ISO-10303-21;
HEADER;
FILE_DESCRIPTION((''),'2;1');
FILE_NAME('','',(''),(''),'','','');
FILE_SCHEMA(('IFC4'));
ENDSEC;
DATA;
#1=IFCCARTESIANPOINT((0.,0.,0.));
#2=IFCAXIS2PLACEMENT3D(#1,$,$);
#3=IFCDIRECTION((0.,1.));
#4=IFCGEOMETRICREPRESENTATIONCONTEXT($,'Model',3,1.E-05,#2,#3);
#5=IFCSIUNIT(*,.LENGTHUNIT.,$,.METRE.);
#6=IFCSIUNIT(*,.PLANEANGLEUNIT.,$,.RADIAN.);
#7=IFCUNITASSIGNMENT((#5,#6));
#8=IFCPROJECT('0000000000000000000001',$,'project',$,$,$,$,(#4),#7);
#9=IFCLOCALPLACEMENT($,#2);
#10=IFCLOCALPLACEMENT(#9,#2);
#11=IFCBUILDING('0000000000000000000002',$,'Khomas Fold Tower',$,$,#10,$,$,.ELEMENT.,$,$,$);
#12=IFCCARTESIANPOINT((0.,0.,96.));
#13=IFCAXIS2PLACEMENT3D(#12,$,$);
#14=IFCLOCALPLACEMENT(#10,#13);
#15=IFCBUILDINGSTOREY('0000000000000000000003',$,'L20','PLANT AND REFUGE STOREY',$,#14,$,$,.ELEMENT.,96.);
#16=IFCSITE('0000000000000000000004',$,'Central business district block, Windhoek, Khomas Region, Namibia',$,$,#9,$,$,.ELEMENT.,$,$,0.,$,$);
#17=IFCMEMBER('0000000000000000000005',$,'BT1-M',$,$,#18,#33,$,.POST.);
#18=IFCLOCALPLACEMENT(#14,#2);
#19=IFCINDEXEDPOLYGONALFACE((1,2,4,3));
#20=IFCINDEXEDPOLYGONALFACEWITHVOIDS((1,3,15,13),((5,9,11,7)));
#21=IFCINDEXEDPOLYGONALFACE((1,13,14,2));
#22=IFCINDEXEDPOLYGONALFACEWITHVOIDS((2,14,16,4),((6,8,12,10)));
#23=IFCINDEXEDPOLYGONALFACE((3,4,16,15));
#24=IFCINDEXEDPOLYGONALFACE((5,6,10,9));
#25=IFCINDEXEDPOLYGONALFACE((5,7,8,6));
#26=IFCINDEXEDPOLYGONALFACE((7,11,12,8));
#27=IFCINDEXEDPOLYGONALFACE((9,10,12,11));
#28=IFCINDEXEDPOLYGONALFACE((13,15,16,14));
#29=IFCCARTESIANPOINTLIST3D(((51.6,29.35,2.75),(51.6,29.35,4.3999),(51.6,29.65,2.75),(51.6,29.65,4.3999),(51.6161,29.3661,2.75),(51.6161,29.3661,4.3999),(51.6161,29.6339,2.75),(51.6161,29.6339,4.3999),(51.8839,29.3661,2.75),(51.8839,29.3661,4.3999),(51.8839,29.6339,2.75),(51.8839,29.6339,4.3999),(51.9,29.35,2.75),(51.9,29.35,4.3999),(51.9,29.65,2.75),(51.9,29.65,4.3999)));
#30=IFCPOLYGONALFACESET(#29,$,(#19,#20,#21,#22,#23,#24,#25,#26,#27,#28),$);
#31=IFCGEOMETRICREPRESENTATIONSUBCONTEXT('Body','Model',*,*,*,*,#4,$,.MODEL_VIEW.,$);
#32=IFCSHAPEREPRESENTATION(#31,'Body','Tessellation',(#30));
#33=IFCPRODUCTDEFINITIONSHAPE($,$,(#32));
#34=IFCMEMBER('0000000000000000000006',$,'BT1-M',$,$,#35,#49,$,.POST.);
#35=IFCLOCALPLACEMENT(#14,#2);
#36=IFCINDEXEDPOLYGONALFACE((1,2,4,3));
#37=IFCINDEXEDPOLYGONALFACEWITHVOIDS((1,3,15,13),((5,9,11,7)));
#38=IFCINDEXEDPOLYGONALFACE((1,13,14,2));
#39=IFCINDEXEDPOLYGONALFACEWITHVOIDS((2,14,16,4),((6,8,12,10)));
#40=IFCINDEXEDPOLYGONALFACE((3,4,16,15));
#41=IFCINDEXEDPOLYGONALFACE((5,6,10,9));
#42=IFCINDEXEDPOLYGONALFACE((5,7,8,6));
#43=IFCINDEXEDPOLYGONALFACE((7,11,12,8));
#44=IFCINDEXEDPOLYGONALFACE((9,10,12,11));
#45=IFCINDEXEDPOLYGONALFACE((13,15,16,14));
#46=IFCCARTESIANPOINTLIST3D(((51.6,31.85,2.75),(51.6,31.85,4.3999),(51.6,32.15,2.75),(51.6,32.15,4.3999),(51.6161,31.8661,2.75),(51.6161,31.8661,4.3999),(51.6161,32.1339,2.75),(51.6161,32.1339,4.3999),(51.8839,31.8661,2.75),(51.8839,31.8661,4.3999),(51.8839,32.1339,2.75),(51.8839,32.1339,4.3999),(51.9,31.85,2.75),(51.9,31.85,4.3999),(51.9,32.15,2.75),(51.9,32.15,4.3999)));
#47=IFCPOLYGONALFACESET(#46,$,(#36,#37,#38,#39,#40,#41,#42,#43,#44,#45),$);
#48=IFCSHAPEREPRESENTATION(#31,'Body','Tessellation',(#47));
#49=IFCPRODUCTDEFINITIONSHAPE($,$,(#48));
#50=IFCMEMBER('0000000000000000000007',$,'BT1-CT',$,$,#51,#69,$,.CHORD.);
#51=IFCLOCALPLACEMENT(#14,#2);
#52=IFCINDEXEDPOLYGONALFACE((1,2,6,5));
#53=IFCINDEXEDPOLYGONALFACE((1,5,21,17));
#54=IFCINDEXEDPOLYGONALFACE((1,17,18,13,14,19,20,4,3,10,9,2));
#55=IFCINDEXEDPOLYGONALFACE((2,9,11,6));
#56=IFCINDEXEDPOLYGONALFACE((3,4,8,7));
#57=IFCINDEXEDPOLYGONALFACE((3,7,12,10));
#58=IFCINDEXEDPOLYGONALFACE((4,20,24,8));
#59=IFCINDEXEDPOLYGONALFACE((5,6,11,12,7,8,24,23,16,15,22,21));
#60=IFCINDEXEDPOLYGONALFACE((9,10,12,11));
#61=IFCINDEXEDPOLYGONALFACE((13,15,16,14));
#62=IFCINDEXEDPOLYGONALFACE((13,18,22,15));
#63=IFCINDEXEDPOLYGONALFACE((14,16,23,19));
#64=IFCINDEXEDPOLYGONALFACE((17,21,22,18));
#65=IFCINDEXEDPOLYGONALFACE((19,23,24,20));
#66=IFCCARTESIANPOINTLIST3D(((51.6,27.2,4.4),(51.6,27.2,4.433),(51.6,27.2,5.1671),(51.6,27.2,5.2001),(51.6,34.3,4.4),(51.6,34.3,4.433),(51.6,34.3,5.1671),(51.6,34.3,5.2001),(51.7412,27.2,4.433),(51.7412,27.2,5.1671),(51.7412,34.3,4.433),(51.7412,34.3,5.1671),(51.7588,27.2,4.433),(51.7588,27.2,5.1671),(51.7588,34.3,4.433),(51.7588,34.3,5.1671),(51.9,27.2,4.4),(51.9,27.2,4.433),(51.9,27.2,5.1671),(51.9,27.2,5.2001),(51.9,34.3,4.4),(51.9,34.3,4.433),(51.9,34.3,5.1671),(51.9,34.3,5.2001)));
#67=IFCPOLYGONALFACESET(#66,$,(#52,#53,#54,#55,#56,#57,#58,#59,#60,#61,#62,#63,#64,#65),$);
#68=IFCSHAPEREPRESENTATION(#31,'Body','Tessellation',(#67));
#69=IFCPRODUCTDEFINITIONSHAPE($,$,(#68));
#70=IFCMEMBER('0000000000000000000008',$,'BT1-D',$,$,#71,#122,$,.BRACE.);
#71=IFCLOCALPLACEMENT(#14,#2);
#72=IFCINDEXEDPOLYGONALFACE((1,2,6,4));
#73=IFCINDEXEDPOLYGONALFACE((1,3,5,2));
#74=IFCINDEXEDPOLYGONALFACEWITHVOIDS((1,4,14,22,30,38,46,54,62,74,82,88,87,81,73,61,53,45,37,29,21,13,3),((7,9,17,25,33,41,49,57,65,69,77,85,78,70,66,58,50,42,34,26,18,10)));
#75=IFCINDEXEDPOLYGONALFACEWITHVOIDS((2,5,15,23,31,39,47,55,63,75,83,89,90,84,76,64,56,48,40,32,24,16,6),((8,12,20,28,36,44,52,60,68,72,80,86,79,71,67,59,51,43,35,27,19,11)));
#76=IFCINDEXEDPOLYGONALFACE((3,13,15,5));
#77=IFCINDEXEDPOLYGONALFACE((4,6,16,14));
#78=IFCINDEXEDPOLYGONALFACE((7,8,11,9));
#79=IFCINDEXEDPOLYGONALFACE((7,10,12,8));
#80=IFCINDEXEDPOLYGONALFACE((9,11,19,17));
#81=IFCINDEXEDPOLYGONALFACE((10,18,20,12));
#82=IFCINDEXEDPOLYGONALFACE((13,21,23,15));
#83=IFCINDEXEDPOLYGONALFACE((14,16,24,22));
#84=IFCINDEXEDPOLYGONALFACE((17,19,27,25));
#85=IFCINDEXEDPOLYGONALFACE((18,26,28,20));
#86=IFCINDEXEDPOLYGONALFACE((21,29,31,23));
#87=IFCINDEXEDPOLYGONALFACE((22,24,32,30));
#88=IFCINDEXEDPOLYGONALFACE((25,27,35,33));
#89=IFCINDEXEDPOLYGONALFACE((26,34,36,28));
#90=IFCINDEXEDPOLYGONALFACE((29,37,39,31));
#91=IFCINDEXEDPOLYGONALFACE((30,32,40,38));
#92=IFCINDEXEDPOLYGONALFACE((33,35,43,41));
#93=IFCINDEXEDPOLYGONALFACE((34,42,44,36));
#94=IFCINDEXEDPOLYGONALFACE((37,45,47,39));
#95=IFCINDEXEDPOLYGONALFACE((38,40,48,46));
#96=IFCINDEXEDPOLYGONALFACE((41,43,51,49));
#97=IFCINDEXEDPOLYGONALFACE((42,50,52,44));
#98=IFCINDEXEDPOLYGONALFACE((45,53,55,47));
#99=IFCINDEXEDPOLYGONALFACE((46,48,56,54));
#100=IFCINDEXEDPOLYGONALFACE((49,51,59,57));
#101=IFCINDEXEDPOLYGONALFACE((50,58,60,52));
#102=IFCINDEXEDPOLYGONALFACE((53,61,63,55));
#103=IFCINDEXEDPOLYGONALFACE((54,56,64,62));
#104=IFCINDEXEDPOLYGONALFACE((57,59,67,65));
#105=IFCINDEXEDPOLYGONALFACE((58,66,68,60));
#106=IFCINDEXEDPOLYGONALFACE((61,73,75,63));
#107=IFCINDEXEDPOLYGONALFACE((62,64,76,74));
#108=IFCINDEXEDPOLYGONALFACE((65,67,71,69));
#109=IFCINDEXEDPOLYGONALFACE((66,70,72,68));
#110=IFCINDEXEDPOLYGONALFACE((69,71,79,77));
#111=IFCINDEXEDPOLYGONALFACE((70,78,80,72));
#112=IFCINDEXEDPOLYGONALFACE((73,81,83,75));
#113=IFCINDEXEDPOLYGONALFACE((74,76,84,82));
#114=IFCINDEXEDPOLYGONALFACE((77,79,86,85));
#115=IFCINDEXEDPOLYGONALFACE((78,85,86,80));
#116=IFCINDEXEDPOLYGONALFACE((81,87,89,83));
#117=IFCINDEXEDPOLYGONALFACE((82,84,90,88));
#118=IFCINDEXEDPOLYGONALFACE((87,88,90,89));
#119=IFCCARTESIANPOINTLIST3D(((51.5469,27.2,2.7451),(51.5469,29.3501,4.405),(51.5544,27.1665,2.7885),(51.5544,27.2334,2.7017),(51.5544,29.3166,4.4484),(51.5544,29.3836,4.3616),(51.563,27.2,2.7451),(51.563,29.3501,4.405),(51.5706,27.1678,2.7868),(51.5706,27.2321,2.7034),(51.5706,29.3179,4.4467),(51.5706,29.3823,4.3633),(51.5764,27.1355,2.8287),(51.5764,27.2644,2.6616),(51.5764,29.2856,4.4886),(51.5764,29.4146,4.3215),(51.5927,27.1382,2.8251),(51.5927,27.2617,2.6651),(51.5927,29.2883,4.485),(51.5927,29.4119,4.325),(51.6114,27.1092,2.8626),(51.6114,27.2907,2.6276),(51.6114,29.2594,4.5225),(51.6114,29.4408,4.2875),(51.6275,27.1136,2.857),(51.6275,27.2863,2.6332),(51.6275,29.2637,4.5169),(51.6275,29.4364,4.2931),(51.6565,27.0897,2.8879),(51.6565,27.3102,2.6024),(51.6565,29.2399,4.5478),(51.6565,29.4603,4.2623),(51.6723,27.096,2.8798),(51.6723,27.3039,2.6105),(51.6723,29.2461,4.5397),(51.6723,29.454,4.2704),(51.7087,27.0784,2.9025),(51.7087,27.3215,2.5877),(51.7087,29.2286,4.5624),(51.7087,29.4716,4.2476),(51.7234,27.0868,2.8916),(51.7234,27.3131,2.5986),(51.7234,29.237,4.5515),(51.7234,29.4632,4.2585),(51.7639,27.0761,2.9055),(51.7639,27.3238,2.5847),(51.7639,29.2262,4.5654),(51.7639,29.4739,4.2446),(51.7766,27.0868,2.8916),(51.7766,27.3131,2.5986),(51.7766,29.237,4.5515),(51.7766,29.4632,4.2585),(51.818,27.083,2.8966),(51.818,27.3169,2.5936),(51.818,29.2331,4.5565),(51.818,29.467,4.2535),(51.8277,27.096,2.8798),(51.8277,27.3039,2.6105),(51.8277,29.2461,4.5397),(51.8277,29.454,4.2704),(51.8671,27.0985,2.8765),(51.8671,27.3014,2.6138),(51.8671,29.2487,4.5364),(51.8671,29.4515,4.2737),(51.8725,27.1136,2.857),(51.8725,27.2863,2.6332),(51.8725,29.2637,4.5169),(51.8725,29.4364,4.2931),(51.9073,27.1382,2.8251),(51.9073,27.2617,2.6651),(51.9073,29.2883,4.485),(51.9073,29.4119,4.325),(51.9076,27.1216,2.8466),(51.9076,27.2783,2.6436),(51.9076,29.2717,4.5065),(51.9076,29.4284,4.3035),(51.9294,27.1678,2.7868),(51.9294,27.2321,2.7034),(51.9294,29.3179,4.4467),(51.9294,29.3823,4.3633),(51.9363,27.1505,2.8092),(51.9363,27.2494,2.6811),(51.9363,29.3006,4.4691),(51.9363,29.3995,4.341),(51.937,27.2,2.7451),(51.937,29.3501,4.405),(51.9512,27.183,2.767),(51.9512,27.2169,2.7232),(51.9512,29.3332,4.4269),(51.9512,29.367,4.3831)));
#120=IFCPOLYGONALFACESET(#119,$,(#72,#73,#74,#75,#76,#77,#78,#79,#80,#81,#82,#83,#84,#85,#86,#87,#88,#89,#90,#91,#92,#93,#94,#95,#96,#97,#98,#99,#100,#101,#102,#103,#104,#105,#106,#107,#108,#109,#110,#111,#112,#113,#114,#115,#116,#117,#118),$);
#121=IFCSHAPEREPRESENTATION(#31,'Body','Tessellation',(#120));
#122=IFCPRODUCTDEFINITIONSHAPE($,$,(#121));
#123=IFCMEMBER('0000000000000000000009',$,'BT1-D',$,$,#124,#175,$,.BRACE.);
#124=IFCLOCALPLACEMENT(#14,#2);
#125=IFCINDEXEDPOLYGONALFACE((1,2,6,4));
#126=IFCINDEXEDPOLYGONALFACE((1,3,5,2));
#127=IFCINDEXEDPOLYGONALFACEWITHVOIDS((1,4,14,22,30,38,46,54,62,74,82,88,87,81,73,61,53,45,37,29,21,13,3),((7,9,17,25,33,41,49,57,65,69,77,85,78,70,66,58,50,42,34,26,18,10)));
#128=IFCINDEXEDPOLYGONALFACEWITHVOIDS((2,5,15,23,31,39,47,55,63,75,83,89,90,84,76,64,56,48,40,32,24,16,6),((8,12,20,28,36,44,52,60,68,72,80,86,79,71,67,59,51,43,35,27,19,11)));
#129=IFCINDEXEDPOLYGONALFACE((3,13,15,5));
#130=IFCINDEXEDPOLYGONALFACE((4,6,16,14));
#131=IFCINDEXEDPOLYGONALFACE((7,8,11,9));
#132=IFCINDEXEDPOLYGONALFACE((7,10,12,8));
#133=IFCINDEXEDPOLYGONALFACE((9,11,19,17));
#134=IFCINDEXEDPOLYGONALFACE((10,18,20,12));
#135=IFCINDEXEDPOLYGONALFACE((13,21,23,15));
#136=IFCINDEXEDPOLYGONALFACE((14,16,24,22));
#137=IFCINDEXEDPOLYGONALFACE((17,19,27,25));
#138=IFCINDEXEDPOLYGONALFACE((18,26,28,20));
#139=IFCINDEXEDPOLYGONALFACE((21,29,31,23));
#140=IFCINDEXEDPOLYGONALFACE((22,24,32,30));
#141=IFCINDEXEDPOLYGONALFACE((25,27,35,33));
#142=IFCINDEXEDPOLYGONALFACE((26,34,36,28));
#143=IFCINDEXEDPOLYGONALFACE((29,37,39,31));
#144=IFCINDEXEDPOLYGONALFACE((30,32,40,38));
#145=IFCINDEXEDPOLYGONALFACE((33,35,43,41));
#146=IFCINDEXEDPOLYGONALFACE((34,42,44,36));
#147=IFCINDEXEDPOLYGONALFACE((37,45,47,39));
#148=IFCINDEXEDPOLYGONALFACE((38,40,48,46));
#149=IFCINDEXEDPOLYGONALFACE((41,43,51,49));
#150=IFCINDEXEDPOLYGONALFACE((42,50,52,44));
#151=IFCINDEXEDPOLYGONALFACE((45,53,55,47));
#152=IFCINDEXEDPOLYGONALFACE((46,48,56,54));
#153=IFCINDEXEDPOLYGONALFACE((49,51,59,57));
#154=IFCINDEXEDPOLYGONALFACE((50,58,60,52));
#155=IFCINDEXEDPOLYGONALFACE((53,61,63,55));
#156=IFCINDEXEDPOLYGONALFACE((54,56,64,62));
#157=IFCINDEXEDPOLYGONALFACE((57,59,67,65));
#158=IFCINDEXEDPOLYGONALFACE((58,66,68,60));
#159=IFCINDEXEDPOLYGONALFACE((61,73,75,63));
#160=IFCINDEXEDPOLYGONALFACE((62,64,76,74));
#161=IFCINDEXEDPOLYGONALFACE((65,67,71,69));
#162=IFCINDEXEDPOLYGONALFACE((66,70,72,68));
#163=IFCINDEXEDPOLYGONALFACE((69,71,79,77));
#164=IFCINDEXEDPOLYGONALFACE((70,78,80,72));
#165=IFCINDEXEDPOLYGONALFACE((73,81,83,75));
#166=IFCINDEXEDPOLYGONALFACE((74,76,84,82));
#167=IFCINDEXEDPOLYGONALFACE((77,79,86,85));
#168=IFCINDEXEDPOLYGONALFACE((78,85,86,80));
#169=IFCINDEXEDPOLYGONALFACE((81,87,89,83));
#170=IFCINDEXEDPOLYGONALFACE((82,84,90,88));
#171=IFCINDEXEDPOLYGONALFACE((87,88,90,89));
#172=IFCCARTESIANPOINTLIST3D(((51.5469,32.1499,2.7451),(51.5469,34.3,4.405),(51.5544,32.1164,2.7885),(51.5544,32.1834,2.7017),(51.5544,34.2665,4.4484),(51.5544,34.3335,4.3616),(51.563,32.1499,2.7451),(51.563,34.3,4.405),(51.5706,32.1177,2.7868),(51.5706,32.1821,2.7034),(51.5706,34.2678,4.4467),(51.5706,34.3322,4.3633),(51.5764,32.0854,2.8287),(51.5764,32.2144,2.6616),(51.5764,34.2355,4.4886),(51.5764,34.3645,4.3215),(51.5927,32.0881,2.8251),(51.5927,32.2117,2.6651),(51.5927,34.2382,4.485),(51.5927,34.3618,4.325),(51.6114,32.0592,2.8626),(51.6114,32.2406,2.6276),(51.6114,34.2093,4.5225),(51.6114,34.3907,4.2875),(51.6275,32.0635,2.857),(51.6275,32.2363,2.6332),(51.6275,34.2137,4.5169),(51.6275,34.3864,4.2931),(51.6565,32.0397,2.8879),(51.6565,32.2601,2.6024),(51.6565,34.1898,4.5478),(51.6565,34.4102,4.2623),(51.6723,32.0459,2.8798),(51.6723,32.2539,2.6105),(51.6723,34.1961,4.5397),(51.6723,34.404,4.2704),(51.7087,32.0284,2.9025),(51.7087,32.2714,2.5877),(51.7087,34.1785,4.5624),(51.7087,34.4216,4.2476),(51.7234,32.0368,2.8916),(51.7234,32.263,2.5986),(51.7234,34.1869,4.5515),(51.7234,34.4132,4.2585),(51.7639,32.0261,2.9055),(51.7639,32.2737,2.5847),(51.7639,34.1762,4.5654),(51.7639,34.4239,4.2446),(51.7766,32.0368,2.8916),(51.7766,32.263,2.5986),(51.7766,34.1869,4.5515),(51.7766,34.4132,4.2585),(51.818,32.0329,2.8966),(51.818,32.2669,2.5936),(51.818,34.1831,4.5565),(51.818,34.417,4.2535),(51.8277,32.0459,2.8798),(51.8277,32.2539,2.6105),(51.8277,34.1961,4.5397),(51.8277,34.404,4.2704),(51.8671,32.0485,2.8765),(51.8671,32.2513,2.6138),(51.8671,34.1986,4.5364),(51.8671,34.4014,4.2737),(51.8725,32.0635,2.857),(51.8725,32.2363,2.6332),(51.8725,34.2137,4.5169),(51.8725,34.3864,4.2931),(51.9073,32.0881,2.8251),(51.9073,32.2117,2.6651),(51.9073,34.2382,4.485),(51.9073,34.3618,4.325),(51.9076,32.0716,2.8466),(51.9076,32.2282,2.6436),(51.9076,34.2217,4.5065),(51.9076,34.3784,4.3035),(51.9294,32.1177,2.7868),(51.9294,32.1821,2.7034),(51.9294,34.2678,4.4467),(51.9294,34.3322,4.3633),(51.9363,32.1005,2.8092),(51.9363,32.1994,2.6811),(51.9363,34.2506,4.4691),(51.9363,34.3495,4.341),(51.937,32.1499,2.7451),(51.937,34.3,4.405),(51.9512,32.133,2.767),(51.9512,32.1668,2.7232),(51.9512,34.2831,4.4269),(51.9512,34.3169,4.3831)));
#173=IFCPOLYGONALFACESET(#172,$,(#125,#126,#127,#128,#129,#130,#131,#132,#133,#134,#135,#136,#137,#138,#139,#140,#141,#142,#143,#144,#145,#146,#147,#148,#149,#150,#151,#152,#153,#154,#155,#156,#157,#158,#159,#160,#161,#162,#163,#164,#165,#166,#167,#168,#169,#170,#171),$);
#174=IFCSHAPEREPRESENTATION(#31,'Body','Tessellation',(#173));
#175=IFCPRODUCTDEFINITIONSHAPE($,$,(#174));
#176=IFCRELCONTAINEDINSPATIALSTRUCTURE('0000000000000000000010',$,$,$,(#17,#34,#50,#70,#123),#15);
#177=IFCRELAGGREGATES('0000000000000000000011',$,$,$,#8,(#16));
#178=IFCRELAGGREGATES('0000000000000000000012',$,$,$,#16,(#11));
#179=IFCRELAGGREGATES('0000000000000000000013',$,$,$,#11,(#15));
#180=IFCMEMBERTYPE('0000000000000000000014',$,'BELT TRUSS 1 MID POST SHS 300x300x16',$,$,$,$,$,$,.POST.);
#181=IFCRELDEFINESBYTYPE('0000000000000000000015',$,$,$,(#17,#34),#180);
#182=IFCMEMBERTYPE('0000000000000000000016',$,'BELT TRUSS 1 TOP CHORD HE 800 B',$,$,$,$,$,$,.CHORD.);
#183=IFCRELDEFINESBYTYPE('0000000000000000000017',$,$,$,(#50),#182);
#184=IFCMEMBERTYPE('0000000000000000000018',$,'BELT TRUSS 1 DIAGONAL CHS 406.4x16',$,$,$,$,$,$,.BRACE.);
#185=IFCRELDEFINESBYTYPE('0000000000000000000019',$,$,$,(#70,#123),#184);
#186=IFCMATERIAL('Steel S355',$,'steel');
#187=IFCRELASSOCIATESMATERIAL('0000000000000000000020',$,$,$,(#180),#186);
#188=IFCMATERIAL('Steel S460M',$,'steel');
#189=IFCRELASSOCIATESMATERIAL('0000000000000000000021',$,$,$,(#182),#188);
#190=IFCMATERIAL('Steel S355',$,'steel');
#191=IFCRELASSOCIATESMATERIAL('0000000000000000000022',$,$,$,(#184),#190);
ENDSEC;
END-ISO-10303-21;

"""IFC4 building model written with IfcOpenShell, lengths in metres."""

from ifc_helpers import new_model, si_unit, direction, frame, origin, origin_2d, place, context, subcontext, project, spatial, hollow_rectangle, hollow_circle, i_section, extrude, source, transform, mapped, material, material_profile, profile_set, type_object, element, save


model = new_model("IFC4")

# Units and contexts
model_context = context("Model", 3, precision=1e-05, world=origin(), true_north=direction((0.0, 1.0)))
body_context = subcontext(model_context, "Body", "Model", "MODEL_VIEW")
ifc_project = project(units=[si_unit("LENGTHUNIT", "METRE"), si_unit("PLANEANGLEUNIT", "RADIAN")], contexts=[model_context])

# Site, building, storey
site_placement = place(None, origin())
site = spatial("IfcSite", under=ifc_project, at=site_placement, Name="Central business district block, Windhoek, Khomas Region, Namibia", CompositionType="ELEMENT", RefElevation=0.0)
building_placement = place(site_placement, origin())
building = spatial("IfcBuilding", under=site, at=building_placement, Name="Khomas Fold Tower", CompositionType="ELEMENT")
storey_placement = place(building_placement, frame((0.0, 0.0, 96.0)))
storey = spatial("IfcBuildingStorey", under=building, at=storey_placement, Name="L20", Description="PLANT AND REFUGE STOREY", CompositionType="ELEMENT", Elevation=96.0)

# Members
ifc_material_1 = material(Name="Steel S355", Category="steel")
ifc_material_profile_1 = material_profile(ifc_material_1, hollow_rectangle(XDim=0.3, YDim=0.3, WallThickness=0.0161, at=origin_2d()), Name="SHS 300x300x16")
ifc_profile_set_1 = profile_set([ifc_material_profile_1], Name="Steel S355")
member_type_1 = type_object("IfcMemberType", Name="BELT TRUSS 1 MID POST SHS 300x300x16", PredefinedType="POST", material=ifc_profile_set_1)
shared_shape_1 = source(origin(), body_context, "Body", "SweptSolid", [
    extrude(hollow_rectangle(XDim=0.3, YDim=0.3, WallThickness=0.0161, at=origin_2d()), origin(), (0.0, 0.0, 1.0), 1.6499),
])
for number, where, z_axis, x_axis, name in (
    (1, (51.75, 29.5, 2.75), (0.0, 0.0, 1.0), (1.0, 0.0, 0.0), "BT1-M"),
    (2, (51.75, 32.0, 2.75), (0.0, 0.0, 1.0), (1.0, 0.0, 0.0), "BT1-M"),
):
    element("IfcMember", number, at=place(storey_placement, frame(where, z_axis=z_axis, x_axis=x_axis)), inside=storey, type_object=member_type_1, Name=name, PredefinedType="POST", context=body_context, shape_type="MappedRepresentation", body=[
        mapped(shared_shape_1, transform((0.0, 0.0, 0.0))),
    ])
ifc_material_2 = material(Name="Steel S460M", Category="steel")
ifc_material_profile_2 = material_profile(ifc_material_2, i_section(OverallWidth=0.3, OverallDepth=0.8, WebThickness=0.0176, FlangeThickness=0.033, at=origin_2d()), Name="HE 800 B")
ifc_profile_set_2 = profile_set([ifc_material_profile_2], Name="Steel S460M")
member_type_2 = type_object("IfcMemberType", Name="BELT TRUSS 1 TOP CHORD HE 800 B", PredefinedType="CHORD", material=ifc_profile_set_2)
shared_shape_2 = source(origin(), body_context, "Body", "SweptSolid", [
    extrude(i_section(OverallWidth=0.3, OverallDepth=0.8, WebThickness=0.0176, FlangeThickness=0.033, at=origin_2d()), origin(), (0.0, 0.0, 1.0), 7.1001),
])
member_1_placement = place(storey_placement, frame((51.75, 27.2, 4.8), z_axis=(0.0, 1.0, 0.0), x_axis=(-1.0, 0.0, 0.0)))
element("IfcMember", 3, at=member_1_placement, inside=storey, type_object=member_type_2, Name="BT1-CT", PredefinedType="CHORD", context=body_context, shape_type="MappedRepresentation", body=[
    mapped(shared_shape_2, transform((0.0, 0.0, 0.0))),
])
ifc_material_3 = material(Name="Steel S355", Category="steel")
ifc_material_profile_3 = material_profile(ifc_material_3, hollow_circle(Radius=0.2031, WallThickness=0.0161, at=origin_2d()), Name="CHS 406.4x16")
ifc_profile_set_3 = profile_set([ifc_material_profile_3], Name="Steel S355")
member_type_3 = type_object("IfcMemberType", Name="BELT TRUSS 1 DIAGONAL CHS 406.4x16", PredefinedType="BRACE", material=ifc_profile_set_3)
shared_shape_3 = source(origin(), body_context, "Body", "SweptSolid", [
    extrude(hollow_circle(Radius=0.2031, WallThickness=0.0161, at=origin_2d()), origin(), (0.0, 0.0, 1.0), 2.7163),
])
for number, where, z_axis, x_axis, name in (
    (4, (51.75, 27.2, 2.7451), (0.0, 0.791564, 0.611087), (-1.0, 0.0, 0.0), "BT1-D"),
    (5, (51.75, 32.1499, 2.7451), (0.0, 0.791564, 0.611087), (-1.0, 0.0, 0.0), "BT1-D"),
):
    element("IfcMember", number, at=place(storey_placement, frame(where, z_axis=z_axis, x_axis=x_axis)), inside=storey, type_object=member_type_3, Name=name, PredefinedType="BRACE", context=body_context, shape_type="MappedRepresentation", body=[
        mapped(shared_shape_3, transform((0.0, 0.0, 0.0))),
    ])

save(model, "model.ifc")
